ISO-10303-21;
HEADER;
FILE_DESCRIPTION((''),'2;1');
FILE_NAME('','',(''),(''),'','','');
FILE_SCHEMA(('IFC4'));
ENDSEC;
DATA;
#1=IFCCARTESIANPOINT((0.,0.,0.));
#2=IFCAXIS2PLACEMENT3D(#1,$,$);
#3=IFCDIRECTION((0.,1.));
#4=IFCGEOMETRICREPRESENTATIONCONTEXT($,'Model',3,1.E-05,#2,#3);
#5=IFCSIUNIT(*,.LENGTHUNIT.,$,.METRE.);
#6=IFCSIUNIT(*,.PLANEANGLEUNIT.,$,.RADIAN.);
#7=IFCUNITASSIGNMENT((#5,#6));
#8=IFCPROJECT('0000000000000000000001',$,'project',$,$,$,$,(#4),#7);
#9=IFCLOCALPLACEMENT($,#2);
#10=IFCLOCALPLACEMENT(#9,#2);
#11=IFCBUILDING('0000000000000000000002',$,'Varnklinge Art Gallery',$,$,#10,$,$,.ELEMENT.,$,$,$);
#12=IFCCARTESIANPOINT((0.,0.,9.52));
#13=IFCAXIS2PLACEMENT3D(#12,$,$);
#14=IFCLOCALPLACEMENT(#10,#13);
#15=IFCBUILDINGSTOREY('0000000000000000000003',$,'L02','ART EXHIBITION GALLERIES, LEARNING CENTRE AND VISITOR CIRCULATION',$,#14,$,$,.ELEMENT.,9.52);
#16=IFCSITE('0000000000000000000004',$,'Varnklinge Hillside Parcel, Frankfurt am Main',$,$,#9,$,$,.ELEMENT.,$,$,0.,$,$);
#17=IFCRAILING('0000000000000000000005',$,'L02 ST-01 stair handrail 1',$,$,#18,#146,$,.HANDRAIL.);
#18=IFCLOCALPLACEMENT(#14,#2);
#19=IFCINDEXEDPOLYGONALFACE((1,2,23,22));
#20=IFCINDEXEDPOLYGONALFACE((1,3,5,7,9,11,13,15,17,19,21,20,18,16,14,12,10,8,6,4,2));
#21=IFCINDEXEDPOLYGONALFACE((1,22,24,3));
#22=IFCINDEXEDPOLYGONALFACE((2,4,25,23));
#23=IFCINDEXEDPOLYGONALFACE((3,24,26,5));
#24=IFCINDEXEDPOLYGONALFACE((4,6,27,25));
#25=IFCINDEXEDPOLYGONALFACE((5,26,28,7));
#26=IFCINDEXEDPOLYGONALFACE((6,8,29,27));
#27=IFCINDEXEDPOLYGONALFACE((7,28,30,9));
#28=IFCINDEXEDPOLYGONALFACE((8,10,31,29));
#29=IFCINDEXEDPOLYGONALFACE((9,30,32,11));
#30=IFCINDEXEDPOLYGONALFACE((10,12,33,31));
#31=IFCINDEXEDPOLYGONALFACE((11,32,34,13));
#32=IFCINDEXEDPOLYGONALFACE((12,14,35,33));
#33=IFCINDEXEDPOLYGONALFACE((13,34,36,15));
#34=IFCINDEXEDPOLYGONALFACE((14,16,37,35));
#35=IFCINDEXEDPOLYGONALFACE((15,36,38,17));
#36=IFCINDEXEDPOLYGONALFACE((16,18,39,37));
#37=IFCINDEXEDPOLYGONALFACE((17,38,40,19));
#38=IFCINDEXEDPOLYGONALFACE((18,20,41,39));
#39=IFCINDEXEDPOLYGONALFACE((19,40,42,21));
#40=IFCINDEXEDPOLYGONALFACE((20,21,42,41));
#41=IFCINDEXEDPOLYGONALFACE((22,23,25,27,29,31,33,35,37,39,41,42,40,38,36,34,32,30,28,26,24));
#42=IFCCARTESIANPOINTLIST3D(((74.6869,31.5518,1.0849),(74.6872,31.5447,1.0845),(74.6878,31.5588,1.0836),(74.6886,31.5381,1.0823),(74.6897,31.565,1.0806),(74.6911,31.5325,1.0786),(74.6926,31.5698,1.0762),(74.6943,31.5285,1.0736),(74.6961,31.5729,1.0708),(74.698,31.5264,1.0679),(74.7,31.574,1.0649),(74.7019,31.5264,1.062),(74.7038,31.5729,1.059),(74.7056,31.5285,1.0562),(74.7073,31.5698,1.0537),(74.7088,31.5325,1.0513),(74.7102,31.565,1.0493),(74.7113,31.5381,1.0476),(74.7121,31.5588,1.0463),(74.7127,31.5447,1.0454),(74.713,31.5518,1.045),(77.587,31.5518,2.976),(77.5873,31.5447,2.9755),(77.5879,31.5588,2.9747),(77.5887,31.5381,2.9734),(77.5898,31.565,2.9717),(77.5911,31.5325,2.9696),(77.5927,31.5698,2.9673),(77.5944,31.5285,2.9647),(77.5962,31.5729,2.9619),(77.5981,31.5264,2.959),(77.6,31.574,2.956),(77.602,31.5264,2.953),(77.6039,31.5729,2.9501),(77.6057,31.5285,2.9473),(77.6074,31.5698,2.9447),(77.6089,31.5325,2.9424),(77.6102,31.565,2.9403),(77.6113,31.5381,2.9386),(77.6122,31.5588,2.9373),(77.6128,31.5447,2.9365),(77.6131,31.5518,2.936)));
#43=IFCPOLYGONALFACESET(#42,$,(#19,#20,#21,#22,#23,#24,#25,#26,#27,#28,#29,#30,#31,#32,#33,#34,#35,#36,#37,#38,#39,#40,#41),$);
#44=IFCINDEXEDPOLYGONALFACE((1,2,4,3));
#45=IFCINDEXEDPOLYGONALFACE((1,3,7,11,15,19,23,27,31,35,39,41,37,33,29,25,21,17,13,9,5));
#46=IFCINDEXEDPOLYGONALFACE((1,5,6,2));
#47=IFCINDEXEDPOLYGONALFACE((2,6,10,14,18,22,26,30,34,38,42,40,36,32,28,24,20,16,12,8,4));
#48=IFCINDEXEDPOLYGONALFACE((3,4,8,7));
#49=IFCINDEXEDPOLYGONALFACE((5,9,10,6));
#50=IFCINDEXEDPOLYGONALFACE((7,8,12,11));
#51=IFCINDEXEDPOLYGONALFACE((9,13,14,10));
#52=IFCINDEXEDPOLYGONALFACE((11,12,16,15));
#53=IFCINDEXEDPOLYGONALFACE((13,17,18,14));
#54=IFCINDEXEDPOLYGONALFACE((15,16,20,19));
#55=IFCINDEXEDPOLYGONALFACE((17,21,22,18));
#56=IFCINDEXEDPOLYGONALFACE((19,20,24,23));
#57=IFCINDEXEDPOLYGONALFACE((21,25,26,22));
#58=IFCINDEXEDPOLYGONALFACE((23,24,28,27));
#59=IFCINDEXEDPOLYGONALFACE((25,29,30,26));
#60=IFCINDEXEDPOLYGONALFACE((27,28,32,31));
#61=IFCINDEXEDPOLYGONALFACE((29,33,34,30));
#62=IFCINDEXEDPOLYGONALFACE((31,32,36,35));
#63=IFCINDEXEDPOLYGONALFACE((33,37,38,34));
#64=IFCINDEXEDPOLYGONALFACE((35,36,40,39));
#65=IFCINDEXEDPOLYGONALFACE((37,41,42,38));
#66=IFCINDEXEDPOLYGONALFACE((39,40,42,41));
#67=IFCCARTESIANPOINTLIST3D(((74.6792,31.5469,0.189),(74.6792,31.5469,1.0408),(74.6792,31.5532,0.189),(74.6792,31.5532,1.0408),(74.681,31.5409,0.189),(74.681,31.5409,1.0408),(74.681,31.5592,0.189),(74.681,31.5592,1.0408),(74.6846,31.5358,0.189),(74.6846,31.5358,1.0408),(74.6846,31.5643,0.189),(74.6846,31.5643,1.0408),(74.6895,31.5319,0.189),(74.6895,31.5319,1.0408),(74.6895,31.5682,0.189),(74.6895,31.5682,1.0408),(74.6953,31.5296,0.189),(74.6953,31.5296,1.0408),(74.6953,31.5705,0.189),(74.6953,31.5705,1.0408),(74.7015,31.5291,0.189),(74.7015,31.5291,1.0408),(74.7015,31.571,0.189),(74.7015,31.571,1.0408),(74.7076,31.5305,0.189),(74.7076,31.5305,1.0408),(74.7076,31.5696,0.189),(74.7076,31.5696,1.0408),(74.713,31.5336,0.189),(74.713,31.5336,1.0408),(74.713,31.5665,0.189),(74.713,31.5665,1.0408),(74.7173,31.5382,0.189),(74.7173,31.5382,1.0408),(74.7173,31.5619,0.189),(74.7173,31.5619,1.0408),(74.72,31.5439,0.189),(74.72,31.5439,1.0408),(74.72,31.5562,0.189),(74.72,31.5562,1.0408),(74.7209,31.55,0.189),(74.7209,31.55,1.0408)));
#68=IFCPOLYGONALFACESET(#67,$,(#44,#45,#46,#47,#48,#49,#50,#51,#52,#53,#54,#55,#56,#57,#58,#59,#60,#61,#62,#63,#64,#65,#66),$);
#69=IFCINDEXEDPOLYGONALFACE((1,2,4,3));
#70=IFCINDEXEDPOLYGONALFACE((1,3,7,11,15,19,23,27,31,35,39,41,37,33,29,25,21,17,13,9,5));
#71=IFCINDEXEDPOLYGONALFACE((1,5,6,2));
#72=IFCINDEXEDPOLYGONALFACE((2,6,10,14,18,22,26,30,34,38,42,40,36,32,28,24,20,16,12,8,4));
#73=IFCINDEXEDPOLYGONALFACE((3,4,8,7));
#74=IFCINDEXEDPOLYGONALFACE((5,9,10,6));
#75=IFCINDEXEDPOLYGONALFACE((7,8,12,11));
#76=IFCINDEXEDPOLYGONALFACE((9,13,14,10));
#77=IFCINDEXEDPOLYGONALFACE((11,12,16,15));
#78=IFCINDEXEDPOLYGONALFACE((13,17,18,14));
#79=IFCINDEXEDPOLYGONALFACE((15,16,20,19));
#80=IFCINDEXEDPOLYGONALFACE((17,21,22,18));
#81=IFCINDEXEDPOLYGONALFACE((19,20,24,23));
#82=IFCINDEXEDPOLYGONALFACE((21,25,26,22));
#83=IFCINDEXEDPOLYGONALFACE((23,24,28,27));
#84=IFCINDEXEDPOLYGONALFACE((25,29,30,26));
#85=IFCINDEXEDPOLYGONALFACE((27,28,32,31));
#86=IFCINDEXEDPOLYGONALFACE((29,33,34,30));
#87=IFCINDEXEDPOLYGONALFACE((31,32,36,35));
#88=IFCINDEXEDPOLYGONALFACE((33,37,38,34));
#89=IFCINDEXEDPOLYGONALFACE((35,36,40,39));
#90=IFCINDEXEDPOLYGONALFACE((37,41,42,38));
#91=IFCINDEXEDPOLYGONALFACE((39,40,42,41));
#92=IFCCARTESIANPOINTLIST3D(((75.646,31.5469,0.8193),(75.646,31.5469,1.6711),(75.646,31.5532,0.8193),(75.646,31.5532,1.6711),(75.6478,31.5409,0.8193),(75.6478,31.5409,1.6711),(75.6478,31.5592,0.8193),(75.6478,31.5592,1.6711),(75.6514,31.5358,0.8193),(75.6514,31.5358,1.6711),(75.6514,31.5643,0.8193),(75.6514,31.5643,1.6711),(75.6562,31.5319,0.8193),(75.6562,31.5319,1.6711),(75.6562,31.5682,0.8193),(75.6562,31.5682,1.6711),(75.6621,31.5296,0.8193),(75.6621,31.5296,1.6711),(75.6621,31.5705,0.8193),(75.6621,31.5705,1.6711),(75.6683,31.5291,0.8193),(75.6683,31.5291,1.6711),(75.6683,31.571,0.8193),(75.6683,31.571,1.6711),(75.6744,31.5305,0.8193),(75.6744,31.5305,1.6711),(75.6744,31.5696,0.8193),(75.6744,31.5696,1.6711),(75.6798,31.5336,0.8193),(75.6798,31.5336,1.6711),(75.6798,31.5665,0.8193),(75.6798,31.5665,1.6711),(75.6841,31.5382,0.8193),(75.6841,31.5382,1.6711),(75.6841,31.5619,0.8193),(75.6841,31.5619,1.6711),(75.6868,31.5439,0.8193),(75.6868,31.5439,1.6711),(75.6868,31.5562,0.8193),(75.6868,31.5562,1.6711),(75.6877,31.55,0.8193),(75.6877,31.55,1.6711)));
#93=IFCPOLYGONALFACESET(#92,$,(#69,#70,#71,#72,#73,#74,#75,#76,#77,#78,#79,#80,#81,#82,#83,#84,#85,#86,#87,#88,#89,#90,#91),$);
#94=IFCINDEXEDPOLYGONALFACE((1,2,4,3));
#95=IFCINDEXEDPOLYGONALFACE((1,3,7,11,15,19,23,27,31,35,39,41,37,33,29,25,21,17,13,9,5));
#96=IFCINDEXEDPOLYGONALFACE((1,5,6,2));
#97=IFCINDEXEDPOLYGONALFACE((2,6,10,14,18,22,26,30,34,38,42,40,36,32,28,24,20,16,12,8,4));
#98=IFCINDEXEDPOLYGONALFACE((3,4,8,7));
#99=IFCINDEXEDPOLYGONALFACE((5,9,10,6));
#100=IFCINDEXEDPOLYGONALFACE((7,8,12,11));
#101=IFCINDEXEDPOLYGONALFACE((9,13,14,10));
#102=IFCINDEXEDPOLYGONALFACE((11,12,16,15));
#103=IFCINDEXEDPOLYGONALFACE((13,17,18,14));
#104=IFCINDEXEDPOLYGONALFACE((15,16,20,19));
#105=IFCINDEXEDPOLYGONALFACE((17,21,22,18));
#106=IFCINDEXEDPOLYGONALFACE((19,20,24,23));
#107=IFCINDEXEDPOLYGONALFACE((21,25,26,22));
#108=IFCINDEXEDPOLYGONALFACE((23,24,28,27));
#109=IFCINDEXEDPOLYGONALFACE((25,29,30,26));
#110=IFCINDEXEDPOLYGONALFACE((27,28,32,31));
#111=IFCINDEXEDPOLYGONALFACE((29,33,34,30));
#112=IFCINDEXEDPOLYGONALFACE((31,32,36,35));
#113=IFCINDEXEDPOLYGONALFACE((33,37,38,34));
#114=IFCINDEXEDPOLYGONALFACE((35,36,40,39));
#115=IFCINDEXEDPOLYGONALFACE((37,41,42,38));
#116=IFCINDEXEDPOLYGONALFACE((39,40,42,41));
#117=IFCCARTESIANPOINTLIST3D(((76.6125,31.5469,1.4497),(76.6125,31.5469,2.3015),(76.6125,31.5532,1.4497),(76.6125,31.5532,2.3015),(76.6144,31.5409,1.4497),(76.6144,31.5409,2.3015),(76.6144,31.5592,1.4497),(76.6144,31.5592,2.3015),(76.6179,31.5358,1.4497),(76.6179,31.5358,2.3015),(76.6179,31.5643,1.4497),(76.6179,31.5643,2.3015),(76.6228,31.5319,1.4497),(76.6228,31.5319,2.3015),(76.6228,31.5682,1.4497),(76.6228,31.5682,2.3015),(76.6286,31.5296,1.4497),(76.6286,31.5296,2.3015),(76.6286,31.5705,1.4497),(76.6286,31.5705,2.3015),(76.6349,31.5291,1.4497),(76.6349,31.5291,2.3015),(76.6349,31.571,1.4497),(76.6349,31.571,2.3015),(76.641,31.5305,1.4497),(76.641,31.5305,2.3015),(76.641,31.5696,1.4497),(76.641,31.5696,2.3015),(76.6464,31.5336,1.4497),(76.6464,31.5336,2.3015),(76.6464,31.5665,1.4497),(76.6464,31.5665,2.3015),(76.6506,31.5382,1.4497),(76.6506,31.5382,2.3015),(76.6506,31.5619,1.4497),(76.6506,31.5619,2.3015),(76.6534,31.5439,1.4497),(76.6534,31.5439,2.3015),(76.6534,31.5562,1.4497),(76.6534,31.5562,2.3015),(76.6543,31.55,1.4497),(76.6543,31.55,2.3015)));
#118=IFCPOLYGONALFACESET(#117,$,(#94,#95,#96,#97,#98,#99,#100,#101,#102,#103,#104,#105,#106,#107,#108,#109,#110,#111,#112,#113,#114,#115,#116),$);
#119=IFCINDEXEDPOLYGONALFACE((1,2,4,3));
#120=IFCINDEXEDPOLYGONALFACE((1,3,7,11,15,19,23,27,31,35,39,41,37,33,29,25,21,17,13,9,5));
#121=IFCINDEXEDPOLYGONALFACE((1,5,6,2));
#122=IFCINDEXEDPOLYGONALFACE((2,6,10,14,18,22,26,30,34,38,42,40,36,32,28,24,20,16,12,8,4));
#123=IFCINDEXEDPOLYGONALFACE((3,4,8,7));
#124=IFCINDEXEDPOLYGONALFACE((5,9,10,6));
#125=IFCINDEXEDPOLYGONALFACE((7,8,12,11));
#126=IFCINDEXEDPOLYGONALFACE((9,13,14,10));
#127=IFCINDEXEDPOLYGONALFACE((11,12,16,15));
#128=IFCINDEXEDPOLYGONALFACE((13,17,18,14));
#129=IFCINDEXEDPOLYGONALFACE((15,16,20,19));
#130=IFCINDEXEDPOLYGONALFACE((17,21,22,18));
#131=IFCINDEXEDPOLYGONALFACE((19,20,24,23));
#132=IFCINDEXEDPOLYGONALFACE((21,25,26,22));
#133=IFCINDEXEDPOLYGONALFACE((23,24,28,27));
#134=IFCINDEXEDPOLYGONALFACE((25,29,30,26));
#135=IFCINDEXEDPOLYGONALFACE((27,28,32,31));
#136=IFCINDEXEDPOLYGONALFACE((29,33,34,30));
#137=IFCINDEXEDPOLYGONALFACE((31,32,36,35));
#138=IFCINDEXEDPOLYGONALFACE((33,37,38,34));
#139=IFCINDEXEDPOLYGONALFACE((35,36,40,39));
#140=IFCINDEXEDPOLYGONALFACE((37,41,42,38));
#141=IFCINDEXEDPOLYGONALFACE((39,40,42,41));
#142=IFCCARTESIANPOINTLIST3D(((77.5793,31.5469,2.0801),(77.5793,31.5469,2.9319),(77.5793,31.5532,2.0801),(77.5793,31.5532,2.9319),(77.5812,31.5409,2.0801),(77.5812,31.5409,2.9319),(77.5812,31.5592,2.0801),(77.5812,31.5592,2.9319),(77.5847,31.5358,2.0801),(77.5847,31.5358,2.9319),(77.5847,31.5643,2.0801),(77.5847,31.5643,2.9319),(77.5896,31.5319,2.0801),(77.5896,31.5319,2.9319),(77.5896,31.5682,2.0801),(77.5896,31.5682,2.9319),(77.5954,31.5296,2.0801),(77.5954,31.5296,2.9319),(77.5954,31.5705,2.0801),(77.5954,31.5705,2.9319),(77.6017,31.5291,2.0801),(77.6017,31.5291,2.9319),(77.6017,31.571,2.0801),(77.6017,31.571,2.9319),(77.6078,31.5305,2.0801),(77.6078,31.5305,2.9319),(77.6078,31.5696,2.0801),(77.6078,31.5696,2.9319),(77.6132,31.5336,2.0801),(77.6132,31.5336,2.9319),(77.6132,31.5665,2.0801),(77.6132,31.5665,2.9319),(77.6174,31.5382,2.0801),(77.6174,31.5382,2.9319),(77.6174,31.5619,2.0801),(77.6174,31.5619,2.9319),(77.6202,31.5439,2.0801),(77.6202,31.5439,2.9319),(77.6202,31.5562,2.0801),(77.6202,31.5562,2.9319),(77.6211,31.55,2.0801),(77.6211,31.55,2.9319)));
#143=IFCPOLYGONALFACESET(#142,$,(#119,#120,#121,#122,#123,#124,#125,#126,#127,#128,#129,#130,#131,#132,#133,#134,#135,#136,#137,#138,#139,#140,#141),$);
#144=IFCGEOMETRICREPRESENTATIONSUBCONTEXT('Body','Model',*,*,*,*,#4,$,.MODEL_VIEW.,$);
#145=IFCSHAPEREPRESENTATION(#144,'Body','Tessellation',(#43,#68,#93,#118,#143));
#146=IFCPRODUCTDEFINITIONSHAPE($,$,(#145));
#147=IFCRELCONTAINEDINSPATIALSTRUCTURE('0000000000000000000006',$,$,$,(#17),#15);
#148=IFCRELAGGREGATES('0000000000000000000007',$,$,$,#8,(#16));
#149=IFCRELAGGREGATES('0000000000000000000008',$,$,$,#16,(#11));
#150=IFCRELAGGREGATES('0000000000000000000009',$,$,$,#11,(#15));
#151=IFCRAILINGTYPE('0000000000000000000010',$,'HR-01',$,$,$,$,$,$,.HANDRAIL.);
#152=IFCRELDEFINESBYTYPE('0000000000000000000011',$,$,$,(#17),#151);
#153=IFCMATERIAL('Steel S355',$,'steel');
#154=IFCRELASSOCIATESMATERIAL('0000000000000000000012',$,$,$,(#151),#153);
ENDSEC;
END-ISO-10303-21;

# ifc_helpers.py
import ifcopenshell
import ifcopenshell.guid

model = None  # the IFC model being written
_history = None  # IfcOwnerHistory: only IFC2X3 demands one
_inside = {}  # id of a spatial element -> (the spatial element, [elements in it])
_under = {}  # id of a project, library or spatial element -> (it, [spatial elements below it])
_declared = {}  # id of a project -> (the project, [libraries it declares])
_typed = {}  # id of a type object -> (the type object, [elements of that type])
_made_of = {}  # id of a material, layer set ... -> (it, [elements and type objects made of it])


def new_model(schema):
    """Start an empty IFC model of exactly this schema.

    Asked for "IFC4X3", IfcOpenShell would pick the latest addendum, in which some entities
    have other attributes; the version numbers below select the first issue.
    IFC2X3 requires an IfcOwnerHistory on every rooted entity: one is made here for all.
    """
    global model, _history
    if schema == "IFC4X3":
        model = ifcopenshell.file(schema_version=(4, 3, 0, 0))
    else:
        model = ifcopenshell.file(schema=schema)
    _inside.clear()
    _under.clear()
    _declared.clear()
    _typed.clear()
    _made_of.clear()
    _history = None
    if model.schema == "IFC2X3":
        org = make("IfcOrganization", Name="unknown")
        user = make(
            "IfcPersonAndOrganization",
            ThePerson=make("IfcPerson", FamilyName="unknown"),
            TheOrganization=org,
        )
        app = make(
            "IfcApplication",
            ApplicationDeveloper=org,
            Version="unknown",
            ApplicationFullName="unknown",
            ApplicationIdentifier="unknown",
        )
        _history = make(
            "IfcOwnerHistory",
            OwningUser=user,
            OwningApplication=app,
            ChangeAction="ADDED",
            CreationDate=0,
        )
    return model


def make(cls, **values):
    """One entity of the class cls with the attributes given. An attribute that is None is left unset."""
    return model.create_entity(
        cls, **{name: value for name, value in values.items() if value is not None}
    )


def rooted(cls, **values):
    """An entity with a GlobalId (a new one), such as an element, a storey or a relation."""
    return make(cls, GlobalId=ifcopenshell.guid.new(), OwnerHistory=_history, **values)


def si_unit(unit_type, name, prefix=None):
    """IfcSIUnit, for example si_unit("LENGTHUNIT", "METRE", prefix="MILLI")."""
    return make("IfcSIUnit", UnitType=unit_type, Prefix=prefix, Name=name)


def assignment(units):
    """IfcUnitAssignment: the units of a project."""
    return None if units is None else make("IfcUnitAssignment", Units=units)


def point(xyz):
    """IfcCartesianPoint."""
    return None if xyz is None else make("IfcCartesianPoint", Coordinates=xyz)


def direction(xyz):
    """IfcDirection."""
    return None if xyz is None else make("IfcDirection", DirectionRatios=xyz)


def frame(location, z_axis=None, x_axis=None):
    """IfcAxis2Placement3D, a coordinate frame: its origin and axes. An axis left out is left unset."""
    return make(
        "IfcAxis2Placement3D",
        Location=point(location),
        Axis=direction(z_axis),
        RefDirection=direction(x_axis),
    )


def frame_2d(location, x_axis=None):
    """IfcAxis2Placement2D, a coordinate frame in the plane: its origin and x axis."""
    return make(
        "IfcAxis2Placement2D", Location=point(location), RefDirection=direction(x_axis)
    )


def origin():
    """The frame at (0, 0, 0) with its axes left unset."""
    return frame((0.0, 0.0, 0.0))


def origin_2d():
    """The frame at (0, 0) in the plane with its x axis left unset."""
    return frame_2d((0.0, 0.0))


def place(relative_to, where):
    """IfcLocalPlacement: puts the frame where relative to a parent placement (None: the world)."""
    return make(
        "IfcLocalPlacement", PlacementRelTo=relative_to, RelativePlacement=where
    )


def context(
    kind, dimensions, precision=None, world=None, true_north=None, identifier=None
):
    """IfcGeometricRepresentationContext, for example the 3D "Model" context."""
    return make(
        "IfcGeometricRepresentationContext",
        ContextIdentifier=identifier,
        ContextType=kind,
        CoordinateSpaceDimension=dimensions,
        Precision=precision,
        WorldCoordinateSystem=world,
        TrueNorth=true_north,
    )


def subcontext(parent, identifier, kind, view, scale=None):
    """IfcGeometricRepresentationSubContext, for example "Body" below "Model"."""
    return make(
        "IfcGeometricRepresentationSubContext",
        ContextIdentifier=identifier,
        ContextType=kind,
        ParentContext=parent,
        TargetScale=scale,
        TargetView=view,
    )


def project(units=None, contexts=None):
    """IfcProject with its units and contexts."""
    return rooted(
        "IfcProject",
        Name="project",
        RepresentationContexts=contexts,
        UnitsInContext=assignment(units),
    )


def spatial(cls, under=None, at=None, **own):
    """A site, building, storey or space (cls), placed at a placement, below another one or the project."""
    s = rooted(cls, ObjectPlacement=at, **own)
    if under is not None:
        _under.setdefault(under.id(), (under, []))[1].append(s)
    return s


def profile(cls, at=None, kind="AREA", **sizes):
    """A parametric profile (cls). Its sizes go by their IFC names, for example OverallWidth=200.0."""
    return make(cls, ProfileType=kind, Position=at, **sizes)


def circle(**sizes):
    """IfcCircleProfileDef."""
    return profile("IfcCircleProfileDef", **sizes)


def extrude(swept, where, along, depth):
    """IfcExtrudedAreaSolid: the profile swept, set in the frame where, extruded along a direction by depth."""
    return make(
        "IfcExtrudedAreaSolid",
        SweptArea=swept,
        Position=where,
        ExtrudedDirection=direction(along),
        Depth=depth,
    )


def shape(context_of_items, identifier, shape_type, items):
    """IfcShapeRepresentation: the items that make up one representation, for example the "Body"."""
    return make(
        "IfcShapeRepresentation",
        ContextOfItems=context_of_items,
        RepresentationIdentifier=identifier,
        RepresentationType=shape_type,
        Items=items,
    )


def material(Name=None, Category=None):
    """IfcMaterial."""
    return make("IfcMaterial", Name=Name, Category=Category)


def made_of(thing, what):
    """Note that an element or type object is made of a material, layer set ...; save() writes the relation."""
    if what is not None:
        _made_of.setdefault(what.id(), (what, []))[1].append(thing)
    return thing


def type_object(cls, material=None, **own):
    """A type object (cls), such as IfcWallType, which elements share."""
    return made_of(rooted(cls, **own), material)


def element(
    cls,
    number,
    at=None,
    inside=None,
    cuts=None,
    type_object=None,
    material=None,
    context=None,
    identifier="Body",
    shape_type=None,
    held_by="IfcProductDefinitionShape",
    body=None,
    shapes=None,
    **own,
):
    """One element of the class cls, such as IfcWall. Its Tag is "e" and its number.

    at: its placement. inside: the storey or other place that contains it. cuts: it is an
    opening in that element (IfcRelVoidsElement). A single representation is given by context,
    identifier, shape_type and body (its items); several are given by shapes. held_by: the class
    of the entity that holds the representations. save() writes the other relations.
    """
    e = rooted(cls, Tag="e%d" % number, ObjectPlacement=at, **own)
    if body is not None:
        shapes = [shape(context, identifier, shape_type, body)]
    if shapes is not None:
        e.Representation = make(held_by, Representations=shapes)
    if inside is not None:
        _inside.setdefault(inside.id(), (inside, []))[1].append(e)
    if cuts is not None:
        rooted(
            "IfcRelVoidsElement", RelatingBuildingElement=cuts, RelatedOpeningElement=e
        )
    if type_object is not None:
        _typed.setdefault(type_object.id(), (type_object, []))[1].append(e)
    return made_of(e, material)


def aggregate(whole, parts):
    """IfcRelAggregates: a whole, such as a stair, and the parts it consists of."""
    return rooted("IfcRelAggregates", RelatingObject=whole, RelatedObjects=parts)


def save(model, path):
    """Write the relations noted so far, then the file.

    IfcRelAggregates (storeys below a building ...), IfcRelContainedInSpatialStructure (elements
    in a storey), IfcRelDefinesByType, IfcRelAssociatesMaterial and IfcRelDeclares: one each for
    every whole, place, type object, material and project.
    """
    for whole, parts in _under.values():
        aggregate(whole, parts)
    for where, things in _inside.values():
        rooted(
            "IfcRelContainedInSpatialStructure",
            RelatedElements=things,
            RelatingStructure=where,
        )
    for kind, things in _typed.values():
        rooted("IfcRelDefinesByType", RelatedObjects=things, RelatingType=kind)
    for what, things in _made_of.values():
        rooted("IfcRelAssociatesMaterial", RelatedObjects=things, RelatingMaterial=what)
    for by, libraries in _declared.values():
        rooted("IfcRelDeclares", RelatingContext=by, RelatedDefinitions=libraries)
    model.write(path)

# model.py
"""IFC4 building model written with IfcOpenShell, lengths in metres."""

from ifc_helpers import new_model, si_unit, direction, frame, origin, origin_2d, place, context, subcontext, project, spatial, circle, extrude, material, type_object, element, save


model = new_model("IFC4")

# Units and contexts
model_context = context("Model", 3, precision=1e-05, world=origin(), true_north=direction((0.0, 1.0)))
body_context = subcontext(model_context, "Body", "Model", "MODEL_VIEW")
ifc_project = project(units=[si_unit("LENGTHUNIT", "METRE"), si_unit("PLANEANGLEUNIT", "RADIAN")], contexts=[model_context])

# Site, building, storey
site_placement = place(None, origin())
site = spatial("IfcSite", under=ifc_project, at=site_placement, Name="Varnklinge Hillside Parcel, Frankfurt am Main", CompositionType="ELEMENT", RefElevation=0.0)
building_placement = place(site_placement, origin())
building = spatial("IfcBuilding", under=site, at=building_placement, Name="Varnklinge Art Gallery", CompositionType="ELEMENT")
storey_placement = place(building_placement, frame((0.0, 0.0, 9.52)))
storey = spatial("IfcBuildingStorey", under=building, at=storey_placement, Name="L02", Description="ART EXHIBITION GALLERIES, LEARNING CENTRE AND VISITOR CIRCULATION", CompositionType="ELEMENT", Elevation=9.52)

# Railing
ifc_material_1 = material(Name="Steel S355", Category="steel")
railing_type_1 = type_object("IfcRailingType", Name="HR-01", PredefinedType="HANDRAIL", material=ifc_material_1)
railing_1_placement = place(storey_placement, frame((74.7, 31.55, 0.189)))
element("IfcRailing", 1, at=railing_1_placement, inside=storey, type_object=railing_type_1, Name="L02 ST-01 stair handrail 1", PredefinedType="HANDRAIL", context=body_context, shape_type="SweptSolid", body=[
    extrude(circle(Radius=0.0239, at=origin_2d()), frame((0.0, 0.0, 0.876), z_axis=(0.837648, 0.0, 0.54621), x_axis=(0.0, 1.0, 0.0)), (0.0, 0.0, 1.0), 3.4622),
    extrude(circle(Radius=0.021, at=origin_2d()), origin(), (0.0, 0.0, 1.0), 0.8518),
    extrude(circle(Radius=0.021, at=origin_2d()), frame((0.9668, 0.0, 0.6304)), (0.0, 0.0, 1.0), 0.8518),
    extrude(circle(Radius=0.021, at=origin_2d()), frame((1.9333, 0.0, 1.2607)), (0.0, 0.0, 1.0), 0.8518),
    extrude(circle(Radius=0.021, at=origin_2d()), frame((2.9001, 0.0, 1.8911)), (0.0, 0.0, 1.0), 0.8518),
])

save(model, "model.ifc")
